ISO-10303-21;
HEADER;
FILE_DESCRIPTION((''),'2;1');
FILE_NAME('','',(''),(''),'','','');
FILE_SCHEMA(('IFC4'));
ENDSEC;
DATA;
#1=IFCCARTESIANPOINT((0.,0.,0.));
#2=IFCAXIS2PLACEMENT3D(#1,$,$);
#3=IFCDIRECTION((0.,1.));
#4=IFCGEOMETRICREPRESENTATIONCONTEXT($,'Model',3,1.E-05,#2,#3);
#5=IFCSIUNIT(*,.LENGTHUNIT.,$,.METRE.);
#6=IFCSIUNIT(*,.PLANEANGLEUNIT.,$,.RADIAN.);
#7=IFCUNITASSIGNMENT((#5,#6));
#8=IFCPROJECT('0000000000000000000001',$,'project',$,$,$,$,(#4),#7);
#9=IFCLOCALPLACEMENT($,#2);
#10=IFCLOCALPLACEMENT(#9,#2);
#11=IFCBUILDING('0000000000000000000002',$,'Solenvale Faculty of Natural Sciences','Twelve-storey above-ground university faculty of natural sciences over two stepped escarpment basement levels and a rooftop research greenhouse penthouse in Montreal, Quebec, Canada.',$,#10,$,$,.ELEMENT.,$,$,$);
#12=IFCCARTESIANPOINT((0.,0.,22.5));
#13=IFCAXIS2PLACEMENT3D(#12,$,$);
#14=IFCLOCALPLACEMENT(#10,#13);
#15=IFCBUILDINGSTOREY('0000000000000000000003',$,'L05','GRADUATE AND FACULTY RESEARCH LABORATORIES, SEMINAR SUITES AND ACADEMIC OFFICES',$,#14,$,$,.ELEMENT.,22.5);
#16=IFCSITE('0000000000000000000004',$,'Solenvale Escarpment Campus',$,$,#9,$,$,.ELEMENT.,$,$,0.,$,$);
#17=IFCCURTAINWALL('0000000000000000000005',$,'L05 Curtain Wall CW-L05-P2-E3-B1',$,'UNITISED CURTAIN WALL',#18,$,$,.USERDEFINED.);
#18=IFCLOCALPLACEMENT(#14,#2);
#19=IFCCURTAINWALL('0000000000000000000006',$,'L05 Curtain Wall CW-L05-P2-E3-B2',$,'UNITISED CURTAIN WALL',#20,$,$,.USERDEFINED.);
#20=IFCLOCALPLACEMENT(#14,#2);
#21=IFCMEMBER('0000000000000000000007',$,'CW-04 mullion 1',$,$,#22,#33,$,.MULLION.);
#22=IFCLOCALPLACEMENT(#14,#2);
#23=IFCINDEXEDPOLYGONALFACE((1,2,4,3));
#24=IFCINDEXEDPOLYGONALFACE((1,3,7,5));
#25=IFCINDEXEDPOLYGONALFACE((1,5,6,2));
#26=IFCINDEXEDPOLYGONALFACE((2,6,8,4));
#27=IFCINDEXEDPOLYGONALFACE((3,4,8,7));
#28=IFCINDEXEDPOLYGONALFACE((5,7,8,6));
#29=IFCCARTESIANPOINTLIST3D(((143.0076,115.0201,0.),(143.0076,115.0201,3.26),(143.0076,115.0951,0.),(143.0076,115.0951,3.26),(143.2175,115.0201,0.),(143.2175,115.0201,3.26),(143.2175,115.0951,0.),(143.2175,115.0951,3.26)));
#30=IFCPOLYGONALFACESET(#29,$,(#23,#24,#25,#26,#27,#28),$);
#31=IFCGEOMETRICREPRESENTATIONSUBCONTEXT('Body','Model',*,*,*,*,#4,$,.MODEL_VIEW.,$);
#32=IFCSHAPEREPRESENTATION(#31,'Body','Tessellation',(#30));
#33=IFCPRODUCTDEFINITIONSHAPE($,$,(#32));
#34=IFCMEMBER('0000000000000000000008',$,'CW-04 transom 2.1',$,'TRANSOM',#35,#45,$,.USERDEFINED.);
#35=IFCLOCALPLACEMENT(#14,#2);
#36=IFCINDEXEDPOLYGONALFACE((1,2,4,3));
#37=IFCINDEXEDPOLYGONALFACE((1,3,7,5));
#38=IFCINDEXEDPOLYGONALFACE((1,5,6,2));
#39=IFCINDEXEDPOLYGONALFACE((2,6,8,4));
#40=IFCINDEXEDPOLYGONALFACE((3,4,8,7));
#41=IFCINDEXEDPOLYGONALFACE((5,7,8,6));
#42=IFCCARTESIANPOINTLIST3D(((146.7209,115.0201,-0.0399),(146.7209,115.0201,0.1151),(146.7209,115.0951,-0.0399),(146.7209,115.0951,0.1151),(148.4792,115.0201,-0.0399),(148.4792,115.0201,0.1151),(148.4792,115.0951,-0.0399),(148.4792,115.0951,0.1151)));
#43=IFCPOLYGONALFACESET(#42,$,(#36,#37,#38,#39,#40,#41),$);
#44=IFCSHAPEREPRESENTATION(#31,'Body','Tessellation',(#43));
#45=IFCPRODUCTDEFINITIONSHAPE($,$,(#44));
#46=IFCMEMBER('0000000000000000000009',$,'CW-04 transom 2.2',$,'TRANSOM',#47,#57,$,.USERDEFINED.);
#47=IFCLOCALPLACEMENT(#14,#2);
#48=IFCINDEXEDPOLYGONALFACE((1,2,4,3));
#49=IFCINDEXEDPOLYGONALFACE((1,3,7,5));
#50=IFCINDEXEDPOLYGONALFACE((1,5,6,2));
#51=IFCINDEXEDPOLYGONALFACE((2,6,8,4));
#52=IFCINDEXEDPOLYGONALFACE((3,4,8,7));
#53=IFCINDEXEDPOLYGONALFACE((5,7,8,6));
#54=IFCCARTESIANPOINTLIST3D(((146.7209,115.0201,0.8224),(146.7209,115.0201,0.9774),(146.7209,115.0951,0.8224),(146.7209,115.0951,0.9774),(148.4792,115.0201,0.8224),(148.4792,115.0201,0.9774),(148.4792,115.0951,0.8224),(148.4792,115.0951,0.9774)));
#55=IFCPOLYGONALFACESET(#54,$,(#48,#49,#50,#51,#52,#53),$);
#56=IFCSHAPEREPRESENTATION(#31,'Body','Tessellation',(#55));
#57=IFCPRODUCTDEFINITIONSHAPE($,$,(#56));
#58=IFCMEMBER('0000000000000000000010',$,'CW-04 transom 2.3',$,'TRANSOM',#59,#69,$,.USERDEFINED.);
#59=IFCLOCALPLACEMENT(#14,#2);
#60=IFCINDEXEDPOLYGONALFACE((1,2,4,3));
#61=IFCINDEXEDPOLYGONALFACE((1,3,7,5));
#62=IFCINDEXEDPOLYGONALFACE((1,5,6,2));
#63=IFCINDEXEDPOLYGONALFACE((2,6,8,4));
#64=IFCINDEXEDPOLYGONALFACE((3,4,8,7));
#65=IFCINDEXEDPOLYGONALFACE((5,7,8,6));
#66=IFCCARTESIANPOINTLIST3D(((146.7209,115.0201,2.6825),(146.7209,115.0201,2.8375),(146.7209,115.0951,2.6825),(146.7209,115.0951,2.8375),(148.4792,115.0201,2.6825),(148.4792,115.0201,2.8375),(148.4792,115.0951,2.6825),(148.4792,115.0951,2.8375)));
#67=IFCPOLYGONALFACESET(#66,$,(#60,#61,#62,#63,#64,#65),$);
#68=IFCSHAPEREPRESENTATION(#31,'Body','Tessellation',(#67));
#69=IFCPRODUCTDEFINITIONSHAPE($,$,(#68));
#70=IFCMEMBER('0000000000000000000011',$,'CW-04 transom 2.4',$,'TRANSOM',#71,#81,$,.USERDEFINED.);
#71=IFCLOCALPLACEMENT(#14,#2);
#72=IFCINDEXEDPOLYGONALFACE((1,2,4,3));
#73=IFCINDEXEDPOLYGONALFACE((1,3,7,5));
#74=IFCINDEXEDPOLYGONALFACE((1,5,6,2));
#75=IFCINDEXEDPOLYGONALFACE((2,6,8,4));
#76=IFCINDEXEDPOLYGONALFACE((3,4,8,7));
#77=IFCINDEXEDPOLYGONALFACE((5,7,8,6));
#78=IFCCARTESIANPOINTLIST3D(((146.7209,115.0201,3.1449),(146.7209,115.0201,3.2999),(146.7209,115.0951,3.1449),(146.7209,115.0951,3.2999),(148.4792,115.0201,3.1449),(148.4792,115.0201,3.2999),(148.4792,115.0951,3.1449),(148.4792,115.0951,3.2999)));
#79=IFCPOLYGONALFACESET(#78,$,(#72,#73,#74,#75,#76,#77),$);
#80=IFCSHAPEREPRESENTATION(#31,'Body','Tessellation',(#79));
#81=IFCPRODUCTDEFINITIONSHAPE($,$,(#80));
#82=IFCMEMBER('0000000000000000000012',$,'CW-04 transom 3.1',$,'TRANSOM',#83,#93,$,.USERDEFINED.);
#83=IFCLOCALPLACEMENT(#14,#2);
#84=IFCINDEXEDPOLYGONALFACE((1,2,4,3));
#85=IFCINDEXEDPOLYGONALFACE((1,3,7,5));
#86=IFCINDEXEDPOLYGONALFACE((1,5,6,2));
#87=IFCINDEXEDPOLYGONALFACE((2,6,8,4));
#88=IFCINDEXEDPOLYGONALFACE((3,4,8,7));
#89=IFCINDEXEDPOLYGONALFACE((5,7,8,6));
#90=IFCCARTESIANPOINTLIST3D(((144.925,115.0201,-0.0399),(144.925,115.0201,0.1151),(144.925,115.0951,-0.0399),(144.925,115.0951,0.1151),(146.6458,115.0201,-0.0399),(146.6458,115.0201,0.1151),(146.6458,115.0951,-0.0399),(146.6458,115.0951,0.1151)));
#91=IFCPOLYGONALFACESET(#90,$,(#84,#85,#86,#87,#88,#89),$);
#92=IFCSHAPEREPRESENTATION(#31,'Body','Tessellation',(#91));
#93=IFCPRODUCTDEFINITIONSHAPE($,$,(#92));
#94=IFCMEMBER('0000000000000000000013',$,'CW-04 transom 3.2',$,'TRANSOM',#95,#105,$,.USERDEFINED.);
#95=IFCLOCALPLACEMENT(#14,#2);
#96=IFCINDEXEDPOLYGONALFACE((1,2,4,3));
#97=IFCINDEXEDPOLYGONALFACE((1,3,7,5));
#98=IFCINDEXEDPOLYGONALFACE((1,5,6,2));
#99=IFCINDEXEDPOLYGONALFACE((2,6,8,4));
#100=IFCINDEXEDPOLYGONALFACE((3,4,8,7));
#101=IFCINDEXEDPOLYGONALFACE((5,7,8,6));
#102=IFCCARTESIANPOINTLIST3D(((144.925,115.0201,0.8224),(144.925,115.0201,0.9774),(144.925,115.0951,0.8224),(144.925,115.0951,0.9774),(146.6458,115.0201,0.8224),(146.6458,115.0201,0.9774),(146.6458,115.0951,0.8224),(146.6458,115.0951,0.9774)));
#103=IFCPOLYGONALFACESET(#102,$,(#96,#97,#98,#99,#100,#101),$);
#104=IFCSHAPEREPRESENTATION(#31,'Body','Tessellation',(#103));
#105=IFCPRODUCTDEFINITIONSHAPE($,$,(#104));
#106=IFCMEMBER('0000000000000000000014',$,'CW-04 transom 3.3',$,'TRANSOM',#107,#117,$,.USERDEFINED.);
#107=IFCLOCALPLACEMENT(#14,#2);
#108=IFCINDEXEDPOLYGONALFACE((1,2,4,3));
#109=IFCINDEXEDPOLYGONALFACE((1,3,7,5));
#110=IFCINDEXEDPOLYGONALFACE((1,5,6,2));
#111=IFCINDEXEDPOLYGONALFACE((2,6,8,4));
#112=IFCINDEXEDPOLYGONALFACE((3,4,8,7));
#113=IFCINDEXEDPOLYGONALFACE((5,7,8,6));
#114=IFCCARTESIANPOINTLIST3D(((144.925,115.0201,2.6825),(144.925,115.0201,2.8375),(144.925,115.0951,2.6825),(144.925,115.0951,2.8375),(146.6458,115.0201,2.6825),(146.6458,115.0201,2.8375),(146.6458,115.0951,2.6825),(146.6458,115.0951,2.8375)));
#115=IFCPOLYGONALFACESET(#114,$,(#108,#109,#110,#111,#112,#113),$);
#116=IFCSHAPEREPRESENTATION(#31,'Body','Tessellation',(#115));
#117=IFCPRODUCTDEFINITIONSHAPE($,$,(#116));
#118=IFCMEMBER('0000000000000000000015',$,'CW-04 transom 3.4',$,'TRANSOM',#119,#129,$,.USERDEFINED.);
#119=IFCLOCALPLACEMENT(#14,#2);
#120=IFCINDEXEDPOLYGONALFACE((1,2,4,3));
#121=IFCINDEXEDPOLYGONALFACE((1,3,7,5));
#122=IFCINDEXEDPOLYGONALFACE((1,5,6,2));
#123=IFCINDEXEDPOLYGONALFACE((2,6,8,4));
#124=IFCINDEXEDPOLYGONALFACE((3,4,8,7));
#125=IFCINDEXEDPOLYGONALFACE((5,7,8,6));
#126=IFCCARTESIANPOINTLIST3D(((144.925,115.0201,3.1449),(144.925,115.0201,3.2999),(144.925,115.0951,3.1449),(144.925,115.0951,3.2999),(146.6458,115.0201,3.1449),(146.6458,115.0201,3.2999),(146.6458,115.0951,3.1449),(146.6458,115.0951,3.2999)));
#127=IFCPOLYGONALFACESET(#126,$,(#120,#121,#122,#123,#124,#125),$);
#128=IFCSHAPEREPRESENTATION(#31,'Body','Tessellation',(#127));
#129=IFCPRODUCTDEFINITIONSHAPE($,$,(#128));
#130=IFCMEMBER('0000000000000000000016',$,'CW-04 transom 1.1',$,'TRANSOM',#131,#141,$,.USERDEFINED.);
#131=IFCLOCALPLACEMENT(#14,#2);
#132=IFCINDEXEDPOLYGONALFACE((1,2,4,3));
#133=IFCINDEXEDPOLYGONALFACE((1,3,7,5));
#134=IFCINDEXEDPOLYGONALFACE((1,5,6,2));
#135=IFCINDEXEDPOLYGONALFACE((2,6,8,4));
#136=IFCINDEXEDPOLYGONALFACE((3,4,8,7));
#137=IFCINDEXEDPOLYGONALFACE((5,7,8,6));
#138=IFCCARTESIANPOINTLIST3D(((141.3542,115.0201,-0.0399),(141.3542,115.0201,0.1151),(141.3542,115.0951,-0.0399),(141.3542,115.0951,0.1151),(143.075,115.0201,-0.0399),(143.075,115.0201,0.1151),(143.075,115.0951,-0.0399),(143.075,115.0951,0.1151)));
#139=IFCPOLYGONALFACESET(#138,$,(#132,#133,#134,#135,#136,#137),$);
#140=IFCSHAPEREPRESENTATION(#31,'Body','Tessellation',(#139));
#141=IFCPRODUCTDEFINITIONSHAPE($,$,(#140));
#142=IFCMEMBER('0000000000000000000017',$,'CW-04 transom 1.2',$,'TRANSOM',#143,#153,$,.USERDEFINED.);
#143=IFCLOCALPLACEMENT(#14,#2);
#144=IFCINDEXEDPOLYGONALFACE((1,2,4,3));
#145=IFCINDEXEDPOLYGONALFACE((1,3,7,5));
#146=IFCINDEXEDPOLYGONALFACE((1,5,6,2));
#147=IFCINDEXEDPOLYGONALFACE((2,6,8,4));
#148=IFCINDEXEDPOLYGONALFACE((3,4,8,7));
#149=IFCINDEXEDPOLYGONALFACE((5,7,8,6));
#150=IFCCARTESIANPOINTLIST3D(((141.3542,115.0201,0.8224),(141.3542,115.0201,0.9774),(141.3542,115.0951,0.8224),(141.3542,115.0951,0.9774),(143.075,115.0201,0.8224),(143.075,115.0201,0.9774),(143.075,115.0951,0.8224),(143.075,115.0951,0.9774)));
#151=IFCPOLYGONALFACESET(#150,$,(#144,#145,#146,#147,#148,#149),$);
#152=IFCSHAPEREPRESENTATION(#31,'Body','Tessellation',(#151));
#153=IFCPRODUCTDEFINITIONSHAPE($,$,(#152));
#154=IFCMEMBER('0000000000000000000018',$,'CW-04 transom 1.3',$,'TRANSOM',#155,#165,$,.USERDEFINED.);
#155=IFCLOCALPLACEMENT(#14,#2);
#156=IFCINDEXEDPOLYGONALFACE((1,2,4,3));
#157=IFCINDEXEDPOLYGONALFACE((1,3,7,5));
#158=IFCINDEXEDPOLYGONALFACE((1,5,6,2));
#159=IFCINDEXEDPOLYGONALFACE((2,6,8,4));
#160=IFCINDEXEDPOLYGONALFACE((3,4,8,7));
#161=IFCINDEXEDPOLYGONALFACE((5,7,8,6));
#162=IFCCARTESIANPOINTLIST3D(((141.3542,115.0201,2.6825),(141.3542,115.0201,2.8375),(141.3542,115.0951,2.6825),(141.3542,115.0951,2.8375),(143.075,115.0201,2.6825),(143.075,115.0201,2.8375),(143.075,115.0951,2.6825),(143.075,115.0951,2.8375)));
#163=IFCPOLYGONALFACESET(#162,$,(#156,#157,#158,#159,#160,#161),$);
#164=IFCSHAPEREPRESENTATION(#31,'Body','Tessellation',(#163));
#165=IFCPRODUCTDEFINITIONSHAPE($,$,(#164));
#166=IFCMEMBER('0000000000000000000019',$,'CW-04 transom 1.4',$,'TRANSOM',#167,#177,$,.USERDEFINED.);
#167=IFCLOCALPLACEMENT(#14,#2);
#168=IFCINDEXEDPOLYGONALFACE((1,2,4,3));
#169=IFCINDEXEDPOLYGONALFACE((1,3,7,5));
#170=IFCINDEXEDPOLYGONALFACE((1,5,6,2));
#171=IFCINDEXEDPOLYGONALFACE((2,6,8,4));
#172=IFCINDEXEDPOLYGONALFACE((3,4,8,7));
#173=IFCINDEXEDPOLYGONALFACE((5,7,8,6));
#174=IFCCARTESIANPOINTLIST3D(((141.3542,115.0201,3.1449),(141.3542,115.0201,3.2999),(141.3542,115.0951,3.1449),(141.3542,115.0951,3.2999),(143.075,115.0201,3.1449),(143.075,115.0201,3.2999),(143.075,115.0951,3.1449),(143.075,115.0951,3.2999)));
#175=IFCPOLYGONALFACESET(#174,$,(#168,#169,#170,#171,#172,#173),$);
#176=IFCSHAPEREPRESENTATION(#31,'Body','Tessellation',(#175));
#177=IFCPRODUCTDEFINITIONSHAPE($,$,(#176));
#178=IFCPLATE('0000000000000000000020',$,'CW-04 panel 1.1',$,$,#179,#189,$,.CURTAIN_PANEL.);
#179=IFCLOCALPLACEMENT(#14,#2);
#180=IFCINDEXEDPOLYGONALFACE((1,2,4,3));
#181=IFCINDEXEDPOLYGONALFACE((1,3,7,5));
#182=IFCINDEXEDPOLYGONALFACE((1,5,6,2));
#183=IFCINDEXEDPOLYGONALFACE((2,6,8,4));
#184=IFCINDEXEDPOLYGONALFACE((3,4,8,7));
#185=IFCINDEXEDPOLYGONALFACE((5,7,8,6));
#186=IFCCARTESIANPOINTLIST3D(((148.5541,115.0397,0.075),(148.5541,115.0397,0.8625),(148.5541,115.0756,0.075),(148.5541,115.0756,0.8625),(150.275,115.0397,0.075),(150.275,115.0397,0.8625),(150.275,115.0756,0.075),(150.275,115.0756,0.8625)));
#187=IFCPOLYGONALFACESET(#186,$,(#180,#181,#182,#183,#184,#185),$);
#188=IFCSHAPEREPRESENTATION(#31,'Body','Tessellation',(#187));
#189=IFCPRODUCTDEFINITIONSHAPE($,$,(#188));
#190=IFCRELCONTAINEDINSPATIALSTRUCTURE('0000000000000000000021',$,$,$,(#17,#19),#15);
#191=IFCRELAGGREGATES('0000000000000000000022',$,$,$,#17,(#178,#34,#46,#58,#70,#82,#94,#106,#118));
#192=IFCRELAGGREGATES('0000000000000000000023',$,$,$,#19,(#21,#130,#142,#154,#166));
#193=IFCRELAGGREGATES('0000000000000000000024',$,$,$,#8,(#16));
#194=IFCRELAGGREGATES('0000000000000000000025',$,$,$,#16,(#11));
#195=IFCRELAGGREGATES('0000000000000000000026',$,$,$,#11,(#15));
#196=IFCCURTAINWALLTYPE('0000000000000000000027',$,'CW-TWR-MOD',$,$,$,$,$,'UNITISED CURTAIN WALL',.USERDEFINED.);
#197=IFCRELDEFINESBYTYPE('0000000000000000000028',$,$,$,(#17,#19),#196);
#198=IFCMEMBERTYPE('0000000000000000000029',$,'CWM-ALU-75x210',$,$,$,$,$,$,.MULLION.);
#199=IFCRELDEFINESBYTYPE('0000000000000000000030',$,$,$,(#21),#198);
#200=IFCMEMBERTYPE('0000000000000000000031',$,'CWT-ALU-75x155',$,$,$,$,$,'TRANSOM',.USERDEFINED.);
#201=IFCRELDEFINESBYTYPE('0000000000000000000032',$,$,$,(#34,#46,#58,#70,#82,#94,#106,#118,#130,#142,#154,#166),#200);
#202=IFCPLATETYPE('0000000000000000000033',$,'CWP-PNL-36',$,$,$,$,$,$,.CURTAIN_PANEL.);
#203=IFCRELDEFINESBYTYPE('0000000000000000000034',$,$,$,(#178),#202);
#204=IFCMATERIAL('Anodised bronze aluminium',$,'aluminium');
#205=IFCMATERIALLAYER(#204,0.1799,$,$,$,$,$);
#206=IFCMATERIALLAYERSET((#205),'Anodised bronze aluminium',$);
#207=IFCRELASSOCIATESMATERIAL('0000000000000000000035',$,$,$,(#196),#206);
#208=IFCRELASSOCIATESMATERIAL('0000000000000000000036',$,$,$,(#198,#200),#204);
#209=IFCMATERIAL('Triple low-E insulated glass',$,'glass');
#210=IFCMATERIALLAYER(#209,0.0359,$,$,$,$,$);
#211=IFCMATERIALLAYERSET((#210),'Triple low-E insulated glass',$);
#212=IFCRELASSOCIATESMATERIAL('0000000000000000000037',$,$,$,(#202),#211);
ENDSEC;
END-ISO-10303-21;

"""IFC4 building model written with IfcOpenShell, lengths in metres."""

from ifc_helpers import new_model, si_unit, direction, frame, origin, origin_2d, place, context, subcontext, project, spatial, rectangle, extrude, material, layer, layer_set, material_profile, profile_set, type_object, element, aggregate, save


model = new_model("IFC4")

# Units and contexts
model_context = context("Model", 3, precision=1e-05, world=origin(), true_north=direction((0.0, 1.0)))
body_context = subcontext(model_context, "Body", "Model", "MODEL_VIEW")
ifc_project = project(units=[si_unit("LENGTHUNIT", "METRE"), si_unit("PLANEANGLEUNIT", "RADIAN")], contexts=[model_context])

# Site, building, storey
site_placement = place(None, origin())
site = spatial("IfcSite", under=ifc_project, at=site_placement, Name="Solenvale Escarpment Campus", CompositionType="ELEMENT", RefElevation=0.0)
building_placement = place(site_placement, origin())
building = spatial("IfcBuilding", under=site, at=building_placement, Name="Solenvale Faculty of Natural Sciences", Description="Twelve-storey above-ground university faculty of natural sciences over two stepped escarpment basement levels and a rooftop research greenhouse penthouse in Montreal, Quebec, Canada.", CompositionType="ELEMENT")
storey_placement = place(building_placement, frame((0.0, 0.0, 22.5)))
storey = spatial("IfcBuildingStorey", under=building, at=storey_placement, Name="L05", Description="GRADUATE AND FACULTY RESEARCH LABORATORIES, SEMINAR SUITES AND ACADEMIC OFFICES", CompositionType="ELEMENT", Elevation=22.5)

# Curtain wall
ifc_material_1 = material(Name="Anodised bronze aluminium", Category="aluminium")
ifc_layer_1 = layer(ifc_material_1, 0.1799)
ifc_layer_set_1 = layer_set([ifc_layer_1], Name="Anodised bronze aluminium")
curtain_wall_type = type_object("IfcCurtainWallType", Name="CW-TWR-MOD", ElementType="UNITISED CURTAIN WALL", PredefinedType="USERDEFINED", material=ifc_layer_set_1)
curtain_wall_1_placement = place(storey_placement, origin())
curtain_wall_1 = element("IfcCurtainWall", 1, at=curtain_wall_1_placement, inside=storey, type_object=curtain_wall_type, Name="L05 Curtain Wall CW-L05-P2-E3-B1", ObjectType="UNITISED CURTAIN WALL", PredefinedType="USERDEFINED")
ifc_material_profile_1 = material_profile(ifc_material_1, rectangle(XDim=0.075, YDim=0.21, at=origin_2d()), Name="ALU-MUL-75x210")
ifc_profile_set_1 = profile_set([ifc_material_profile_1], Name="Anodised bronze aluminium")
member_type_1 = type_object("IfcMemberType", Name="CWM-ALU-75x210", PredefinedType="MULLION", material=ifc_profile_set_1)

# Curtain wall, member
curtain_wall_2_placement = place(storey_placement, origin())
curtain_wall_2 = element("IfcCurtainWall", 2, at=curtain_wall_2_placement, inside=storey, type_object=curtain_wall_type, Name="L05 Curtain Wall CW-L05-P2-E3-B2", ObjectType="UNITISED CURTAIN WALL", PredefinedType="USERDEFINED")
member_1_placement = place(storey_placement, frame((143.1125, 115.0576, 0.0), z_axis=(0.0, 0.0, 1.0), x_axis=(0.0, -1.0, 0.0)))
member_1 = element("IfcMember", 3, at=member_1_placement, type_object=member_type_1, Name="CW-04 mullion 1", PredefinedType="MULLION", context=body_context, shape_type="SweptSolid", body=[
    extrude(rectangle(XDim=0.075, YDim=0.21, at=origin_2d()), origin(), (0.0, 0.0, 1.0), 3.26),
])

# Members
ifc_material_profile_2 = material_profile(ifc_material_1, rectangle(XDim=0.075, YDim=0.155, at=origin_2d()), Name="ALU-TRN-75x155")
ifc_profile_set_2 = profile_set([ifc_material_profile_2], Name="Anodised bronze aluminium")
member_type_2 = type_object("IfcMemberType", Name="CWT-ALU-75x155", ElementType="TRANSOM", PredefinedType="USERDEFINED", material=ifc_profile_set_2)
member_2_placement = place(storey_placement, frame((148.4792, 115.0576, 0.0376), z_axis=(-1.0, 0.0, 0.0), x_axis=(0.0, -1.0, 0.0)))
member_2 = element("IfcMember", 4, at=member_2_placement, type_object=member_type_2, Name="CW-04 transom 2.1", ObjectType="TRANSOM", PredefinedType="USERDEFINED", context=body_context, shape_type="SweptSolid", body=[
    extrude(rectangle(XDim=0.075, YDim=0.155, at=origin_2d()), origin(), (0.0, 0.0, 1.0), 1.7583),
])
member_3_placement = place(storey_placement, frame((148.4792, 115.0576, 0.8999), z_axis=(-1.0, 0.0, 0.0), x_axis=(0.0, -1.0, 0.0)))
member_3 = element("IfcMember", 5, at=member_3_placement, type_object=member_type_2, Name="CW-04 transom 2.2", ObjectType="TRANSOM", PredefinedType="USERDEFINED", context=body_context, shape_type="SweptSolid", body=[
    extrude(rectangle(XDim=0.075, YDim=0.155, at=origin_2d()), origin(), (0.0, 0.0, 1.0), 1.7583),
])
member_4_placement = place(storey_placement, frame((148.4792, 115.0576, 2.76), z_axis=(-1.0, 0.0, 0.0), x_axis=(0.0, -1.0, 0.0)))
member_4 = element("IfcMember", 6, at=member_4_placement, type_object=member_type_2, Name="CW-04 transom 2.3", ObjectType="TRANSOM", PredefinedType="USERDEFINED", context=body_context, shape_type="SweptSolid", body=[
    extrude(rectangle(XDim=0.075, YDim=0.155, at=origin_2d()), origin(), (0.0, 0.0, 1.0), 1.7583),
])
member_5_placement = place(storey_placement, frame((148.4792, 115.0576, 3.2224), z_axis=(-1.0, 0.0, 0.0), x_axis=(0.0, -1.0, 0.0)))
member_5 = element("IfcMember", 7, at=member_5_placement, type_object=member_type_2, Name="CW-04 transom 2.4", ObjectType="TRANSOM", PredefinedType="USERDEFINED", context=body_context, shape_type="SweptSolid", body=[
    extrude(rectangle(XDim=0.075, YDim=0.155, at=origin_2d()), origin(), (0.0, 0.0, 1.0), 1.7583),
])
member_6_placement = place(storey_placement, frame((146.6458, 115.0576, 0.0376), z_axis=(-1.0, 0.0, 0.0), x_axis=(0.0, -1.0, 0.0)))
member_6 = element("IfcMember", 8, at=member_6_placement, type_object=member_type_2, Name="CW-04 transom 3.1", ObjectType="TRANSOM", PredefinedType="USERDEFINED", context=body_context, shape_type="SweptSolid", body=[
    extrude(rectangle(XDim=0.075, YDim=0.155, at=origin_2d()), origin(), (0.0, 0.0, 1.0), 1.7207),
])
member_7_placement = place(storey_placement, frame((146.6458, 115.0576, 0.8999), z_axis=(-1.0, 0.0, 0.0), x_axis=(0.0, -1.0, 0.0)))
member_7 = element("IfcMember", 9, at=member_7_placement, type_object=member_type_2, Name="CW-04 transom 3.2", ObjectType="TRANSOM", PredefinedType="USERDEFINED", context=body_context, shape_type="SweptSolid", body=[
    extrude(rectangle(XDim=0.075, YDim=0.155, at=origin_2d()), origin(), (0.0, 0.0, 1.0), 1.7207),
])
member_8_placement = place(storey_placement, frame((146.6458, 115.0576, 2.76), z_axis=(-1.0, 0.0, 0.0), x_axis=(0.0, -1.0, 0.0)))
member_8 = element("IfcMember", 10, at=member_8_placement, type_object=member_type_2, Name="CW-04 transom 3.3", ObjectType="TRANSOM", PredefinedType="USERDEFINED", context=body_context, shape_type="SweptSolid", body=[
    extrude(rectangle(XDim=0.075, YDim=0.155, at=origin_2d()), origin(), (0.0, 0.0, 1.0), 1.7207),
])
member_9_placement = place(storey_placement, frame((146.6458, 115.0576, 3.2224), z_axis=(-1.0, 0.0, 0.0), x_axis=(0.0, -1.0, 0.0)))
member_9 = element("IfcMember", 11, at=member_9_placement, type_object=member_type_2, Name="CW-04 transom 3.4", ObjectType="TRANSOM", PredefinedType="USERDEFINED", context=body_context, shape_type="SweptSolid", body=[
    extrude(rectangle(XDim=0.075, YDim=0.155, at=origin_2d()), origin(), (0.0, 0.0, 1.0), 1.7207),
])
member_10_placement = place(storey_placement, frame((143.075, 115.0576, 0.0376), z_axis=(-1.0, 0.0, 0.0), x_axis=(0.0, -1.0, 0.0)))
member_10 = element("IfcMember", 12, at=member_10_placement, type_object=member_type_2, Name="CW-04 transom 1.1", ObjectType="TRANSOM", PredefinedType="USERDEFINED", context=body_context, shape_type="SweptSolid", body=[
    extrude(rectangle(XDim=0.075, YDim=0.155, at=origin_2d()), origin(), (0.0, 0.0, 1.0), 1.7207),
])
member_11_placement = place(storey_placement, frame((143.075, 115.0576, 0.8999), z_axis=(-1.0, 0.0, 0.0), x_axis=(0.0, -1.0, 0.0)))
member_11 = element("IfcMember", 13, at=member_11_placement, type_object=member_type_2, Name="CW-04 transom 1.2", ObjectType="TRANSOM", PredefinedType="USERDEFINED", context=body_context, shape_type="SweptSolid", body=[
    extrude(rectangle(XDim=0.075, YDim=0.155, at=origin_2d()), origin(), (0.0, 0.0, 1.0), 1.7207),
])
member_12_placement = place(storey_placement, frame((143.075, 115.0576, 2.76), z_axis=(-1.0, 0.0, 0.0), x_axis=(0.0, -1.0, 0.0)))
member_12 = element("IfcMember", 14, at=member_12_placement, type_object=member_type_2, Name="CW-04 transom 1.3", ObjectType="TRANSOM", PredefinedType="USERDEFINED", context=body_context, shape_type="SweptSolid", body=[
    extrude(rectangle(XDim=0.075, YDim=0.155, at=origin_2d()), origin(), (0.0, 0.0, 1.0), 1.7207),
])
member_13_placement = place(storey_placement, frame((143.075, 115.0576, 3.2224), z_axis=(-1.0, 0.0, 0.0), x_axis=(0.0, -1.0, 0.0)))
member_13 = element("IfcMember", 15, at=member_13_placement, type_object=member_type_2, Name="CW-04 transom 1.4", ObjectType="TRANSOM", PredefinedType="USERDEFINED", context=body_context, shape_type="SweptSolid", body=[
    extrude(rectangle(XDim=0.075, YDim=0.155, at=origin_2d()), origin(), (0.0, 0.0, 1.0), 1.7207),
])

# Plate
ifc_material_2 = material(Name="Triple low-E insulated glass", Category="glass")
ifc_layer_2 = layer(ifc_material_2, 0.0359)
ifc_layer_set_2 = layer_set([ifc_layer_2], Name="Triple low-E insulated glass")
plate_type_1 = type_object("IfcPlateType", Name="CWP-PNL-36", PredefinedType="CURTAIN_PANEL", material=ifc_layer_set_2)
plate_1_placement = place(storey_placement, frame((149.4146, 115.0576, 0.075), z_axis=(0.0, 0.0, 1.0), x_axis=(-1.0, 0.0, 0.0)))
plate_1 = element("IfcPlate", 16, at=plate_1_placement, type_object=plate_type_1, Name="CW-04 panel 1.1", PredefinedType="CURTAIN_PANEL", context=body_context, shape_type="SweptSolid", body=[
    extrude(rectangle(XDim=1.7209, YDim=0.0359, at=origin_2d()), origin(), (0.0, 0.0, 1.0), 0.7876),
])
aggregate(curtain_wall_1, [plate_1, member_2, member_3, member_4, member_5, member_6, member_7, member_8, member_9])
aggregate(curtain_wall_2, [member_1, member_10, member_11, member_12, member_13])

save(model, "model.ifc")
